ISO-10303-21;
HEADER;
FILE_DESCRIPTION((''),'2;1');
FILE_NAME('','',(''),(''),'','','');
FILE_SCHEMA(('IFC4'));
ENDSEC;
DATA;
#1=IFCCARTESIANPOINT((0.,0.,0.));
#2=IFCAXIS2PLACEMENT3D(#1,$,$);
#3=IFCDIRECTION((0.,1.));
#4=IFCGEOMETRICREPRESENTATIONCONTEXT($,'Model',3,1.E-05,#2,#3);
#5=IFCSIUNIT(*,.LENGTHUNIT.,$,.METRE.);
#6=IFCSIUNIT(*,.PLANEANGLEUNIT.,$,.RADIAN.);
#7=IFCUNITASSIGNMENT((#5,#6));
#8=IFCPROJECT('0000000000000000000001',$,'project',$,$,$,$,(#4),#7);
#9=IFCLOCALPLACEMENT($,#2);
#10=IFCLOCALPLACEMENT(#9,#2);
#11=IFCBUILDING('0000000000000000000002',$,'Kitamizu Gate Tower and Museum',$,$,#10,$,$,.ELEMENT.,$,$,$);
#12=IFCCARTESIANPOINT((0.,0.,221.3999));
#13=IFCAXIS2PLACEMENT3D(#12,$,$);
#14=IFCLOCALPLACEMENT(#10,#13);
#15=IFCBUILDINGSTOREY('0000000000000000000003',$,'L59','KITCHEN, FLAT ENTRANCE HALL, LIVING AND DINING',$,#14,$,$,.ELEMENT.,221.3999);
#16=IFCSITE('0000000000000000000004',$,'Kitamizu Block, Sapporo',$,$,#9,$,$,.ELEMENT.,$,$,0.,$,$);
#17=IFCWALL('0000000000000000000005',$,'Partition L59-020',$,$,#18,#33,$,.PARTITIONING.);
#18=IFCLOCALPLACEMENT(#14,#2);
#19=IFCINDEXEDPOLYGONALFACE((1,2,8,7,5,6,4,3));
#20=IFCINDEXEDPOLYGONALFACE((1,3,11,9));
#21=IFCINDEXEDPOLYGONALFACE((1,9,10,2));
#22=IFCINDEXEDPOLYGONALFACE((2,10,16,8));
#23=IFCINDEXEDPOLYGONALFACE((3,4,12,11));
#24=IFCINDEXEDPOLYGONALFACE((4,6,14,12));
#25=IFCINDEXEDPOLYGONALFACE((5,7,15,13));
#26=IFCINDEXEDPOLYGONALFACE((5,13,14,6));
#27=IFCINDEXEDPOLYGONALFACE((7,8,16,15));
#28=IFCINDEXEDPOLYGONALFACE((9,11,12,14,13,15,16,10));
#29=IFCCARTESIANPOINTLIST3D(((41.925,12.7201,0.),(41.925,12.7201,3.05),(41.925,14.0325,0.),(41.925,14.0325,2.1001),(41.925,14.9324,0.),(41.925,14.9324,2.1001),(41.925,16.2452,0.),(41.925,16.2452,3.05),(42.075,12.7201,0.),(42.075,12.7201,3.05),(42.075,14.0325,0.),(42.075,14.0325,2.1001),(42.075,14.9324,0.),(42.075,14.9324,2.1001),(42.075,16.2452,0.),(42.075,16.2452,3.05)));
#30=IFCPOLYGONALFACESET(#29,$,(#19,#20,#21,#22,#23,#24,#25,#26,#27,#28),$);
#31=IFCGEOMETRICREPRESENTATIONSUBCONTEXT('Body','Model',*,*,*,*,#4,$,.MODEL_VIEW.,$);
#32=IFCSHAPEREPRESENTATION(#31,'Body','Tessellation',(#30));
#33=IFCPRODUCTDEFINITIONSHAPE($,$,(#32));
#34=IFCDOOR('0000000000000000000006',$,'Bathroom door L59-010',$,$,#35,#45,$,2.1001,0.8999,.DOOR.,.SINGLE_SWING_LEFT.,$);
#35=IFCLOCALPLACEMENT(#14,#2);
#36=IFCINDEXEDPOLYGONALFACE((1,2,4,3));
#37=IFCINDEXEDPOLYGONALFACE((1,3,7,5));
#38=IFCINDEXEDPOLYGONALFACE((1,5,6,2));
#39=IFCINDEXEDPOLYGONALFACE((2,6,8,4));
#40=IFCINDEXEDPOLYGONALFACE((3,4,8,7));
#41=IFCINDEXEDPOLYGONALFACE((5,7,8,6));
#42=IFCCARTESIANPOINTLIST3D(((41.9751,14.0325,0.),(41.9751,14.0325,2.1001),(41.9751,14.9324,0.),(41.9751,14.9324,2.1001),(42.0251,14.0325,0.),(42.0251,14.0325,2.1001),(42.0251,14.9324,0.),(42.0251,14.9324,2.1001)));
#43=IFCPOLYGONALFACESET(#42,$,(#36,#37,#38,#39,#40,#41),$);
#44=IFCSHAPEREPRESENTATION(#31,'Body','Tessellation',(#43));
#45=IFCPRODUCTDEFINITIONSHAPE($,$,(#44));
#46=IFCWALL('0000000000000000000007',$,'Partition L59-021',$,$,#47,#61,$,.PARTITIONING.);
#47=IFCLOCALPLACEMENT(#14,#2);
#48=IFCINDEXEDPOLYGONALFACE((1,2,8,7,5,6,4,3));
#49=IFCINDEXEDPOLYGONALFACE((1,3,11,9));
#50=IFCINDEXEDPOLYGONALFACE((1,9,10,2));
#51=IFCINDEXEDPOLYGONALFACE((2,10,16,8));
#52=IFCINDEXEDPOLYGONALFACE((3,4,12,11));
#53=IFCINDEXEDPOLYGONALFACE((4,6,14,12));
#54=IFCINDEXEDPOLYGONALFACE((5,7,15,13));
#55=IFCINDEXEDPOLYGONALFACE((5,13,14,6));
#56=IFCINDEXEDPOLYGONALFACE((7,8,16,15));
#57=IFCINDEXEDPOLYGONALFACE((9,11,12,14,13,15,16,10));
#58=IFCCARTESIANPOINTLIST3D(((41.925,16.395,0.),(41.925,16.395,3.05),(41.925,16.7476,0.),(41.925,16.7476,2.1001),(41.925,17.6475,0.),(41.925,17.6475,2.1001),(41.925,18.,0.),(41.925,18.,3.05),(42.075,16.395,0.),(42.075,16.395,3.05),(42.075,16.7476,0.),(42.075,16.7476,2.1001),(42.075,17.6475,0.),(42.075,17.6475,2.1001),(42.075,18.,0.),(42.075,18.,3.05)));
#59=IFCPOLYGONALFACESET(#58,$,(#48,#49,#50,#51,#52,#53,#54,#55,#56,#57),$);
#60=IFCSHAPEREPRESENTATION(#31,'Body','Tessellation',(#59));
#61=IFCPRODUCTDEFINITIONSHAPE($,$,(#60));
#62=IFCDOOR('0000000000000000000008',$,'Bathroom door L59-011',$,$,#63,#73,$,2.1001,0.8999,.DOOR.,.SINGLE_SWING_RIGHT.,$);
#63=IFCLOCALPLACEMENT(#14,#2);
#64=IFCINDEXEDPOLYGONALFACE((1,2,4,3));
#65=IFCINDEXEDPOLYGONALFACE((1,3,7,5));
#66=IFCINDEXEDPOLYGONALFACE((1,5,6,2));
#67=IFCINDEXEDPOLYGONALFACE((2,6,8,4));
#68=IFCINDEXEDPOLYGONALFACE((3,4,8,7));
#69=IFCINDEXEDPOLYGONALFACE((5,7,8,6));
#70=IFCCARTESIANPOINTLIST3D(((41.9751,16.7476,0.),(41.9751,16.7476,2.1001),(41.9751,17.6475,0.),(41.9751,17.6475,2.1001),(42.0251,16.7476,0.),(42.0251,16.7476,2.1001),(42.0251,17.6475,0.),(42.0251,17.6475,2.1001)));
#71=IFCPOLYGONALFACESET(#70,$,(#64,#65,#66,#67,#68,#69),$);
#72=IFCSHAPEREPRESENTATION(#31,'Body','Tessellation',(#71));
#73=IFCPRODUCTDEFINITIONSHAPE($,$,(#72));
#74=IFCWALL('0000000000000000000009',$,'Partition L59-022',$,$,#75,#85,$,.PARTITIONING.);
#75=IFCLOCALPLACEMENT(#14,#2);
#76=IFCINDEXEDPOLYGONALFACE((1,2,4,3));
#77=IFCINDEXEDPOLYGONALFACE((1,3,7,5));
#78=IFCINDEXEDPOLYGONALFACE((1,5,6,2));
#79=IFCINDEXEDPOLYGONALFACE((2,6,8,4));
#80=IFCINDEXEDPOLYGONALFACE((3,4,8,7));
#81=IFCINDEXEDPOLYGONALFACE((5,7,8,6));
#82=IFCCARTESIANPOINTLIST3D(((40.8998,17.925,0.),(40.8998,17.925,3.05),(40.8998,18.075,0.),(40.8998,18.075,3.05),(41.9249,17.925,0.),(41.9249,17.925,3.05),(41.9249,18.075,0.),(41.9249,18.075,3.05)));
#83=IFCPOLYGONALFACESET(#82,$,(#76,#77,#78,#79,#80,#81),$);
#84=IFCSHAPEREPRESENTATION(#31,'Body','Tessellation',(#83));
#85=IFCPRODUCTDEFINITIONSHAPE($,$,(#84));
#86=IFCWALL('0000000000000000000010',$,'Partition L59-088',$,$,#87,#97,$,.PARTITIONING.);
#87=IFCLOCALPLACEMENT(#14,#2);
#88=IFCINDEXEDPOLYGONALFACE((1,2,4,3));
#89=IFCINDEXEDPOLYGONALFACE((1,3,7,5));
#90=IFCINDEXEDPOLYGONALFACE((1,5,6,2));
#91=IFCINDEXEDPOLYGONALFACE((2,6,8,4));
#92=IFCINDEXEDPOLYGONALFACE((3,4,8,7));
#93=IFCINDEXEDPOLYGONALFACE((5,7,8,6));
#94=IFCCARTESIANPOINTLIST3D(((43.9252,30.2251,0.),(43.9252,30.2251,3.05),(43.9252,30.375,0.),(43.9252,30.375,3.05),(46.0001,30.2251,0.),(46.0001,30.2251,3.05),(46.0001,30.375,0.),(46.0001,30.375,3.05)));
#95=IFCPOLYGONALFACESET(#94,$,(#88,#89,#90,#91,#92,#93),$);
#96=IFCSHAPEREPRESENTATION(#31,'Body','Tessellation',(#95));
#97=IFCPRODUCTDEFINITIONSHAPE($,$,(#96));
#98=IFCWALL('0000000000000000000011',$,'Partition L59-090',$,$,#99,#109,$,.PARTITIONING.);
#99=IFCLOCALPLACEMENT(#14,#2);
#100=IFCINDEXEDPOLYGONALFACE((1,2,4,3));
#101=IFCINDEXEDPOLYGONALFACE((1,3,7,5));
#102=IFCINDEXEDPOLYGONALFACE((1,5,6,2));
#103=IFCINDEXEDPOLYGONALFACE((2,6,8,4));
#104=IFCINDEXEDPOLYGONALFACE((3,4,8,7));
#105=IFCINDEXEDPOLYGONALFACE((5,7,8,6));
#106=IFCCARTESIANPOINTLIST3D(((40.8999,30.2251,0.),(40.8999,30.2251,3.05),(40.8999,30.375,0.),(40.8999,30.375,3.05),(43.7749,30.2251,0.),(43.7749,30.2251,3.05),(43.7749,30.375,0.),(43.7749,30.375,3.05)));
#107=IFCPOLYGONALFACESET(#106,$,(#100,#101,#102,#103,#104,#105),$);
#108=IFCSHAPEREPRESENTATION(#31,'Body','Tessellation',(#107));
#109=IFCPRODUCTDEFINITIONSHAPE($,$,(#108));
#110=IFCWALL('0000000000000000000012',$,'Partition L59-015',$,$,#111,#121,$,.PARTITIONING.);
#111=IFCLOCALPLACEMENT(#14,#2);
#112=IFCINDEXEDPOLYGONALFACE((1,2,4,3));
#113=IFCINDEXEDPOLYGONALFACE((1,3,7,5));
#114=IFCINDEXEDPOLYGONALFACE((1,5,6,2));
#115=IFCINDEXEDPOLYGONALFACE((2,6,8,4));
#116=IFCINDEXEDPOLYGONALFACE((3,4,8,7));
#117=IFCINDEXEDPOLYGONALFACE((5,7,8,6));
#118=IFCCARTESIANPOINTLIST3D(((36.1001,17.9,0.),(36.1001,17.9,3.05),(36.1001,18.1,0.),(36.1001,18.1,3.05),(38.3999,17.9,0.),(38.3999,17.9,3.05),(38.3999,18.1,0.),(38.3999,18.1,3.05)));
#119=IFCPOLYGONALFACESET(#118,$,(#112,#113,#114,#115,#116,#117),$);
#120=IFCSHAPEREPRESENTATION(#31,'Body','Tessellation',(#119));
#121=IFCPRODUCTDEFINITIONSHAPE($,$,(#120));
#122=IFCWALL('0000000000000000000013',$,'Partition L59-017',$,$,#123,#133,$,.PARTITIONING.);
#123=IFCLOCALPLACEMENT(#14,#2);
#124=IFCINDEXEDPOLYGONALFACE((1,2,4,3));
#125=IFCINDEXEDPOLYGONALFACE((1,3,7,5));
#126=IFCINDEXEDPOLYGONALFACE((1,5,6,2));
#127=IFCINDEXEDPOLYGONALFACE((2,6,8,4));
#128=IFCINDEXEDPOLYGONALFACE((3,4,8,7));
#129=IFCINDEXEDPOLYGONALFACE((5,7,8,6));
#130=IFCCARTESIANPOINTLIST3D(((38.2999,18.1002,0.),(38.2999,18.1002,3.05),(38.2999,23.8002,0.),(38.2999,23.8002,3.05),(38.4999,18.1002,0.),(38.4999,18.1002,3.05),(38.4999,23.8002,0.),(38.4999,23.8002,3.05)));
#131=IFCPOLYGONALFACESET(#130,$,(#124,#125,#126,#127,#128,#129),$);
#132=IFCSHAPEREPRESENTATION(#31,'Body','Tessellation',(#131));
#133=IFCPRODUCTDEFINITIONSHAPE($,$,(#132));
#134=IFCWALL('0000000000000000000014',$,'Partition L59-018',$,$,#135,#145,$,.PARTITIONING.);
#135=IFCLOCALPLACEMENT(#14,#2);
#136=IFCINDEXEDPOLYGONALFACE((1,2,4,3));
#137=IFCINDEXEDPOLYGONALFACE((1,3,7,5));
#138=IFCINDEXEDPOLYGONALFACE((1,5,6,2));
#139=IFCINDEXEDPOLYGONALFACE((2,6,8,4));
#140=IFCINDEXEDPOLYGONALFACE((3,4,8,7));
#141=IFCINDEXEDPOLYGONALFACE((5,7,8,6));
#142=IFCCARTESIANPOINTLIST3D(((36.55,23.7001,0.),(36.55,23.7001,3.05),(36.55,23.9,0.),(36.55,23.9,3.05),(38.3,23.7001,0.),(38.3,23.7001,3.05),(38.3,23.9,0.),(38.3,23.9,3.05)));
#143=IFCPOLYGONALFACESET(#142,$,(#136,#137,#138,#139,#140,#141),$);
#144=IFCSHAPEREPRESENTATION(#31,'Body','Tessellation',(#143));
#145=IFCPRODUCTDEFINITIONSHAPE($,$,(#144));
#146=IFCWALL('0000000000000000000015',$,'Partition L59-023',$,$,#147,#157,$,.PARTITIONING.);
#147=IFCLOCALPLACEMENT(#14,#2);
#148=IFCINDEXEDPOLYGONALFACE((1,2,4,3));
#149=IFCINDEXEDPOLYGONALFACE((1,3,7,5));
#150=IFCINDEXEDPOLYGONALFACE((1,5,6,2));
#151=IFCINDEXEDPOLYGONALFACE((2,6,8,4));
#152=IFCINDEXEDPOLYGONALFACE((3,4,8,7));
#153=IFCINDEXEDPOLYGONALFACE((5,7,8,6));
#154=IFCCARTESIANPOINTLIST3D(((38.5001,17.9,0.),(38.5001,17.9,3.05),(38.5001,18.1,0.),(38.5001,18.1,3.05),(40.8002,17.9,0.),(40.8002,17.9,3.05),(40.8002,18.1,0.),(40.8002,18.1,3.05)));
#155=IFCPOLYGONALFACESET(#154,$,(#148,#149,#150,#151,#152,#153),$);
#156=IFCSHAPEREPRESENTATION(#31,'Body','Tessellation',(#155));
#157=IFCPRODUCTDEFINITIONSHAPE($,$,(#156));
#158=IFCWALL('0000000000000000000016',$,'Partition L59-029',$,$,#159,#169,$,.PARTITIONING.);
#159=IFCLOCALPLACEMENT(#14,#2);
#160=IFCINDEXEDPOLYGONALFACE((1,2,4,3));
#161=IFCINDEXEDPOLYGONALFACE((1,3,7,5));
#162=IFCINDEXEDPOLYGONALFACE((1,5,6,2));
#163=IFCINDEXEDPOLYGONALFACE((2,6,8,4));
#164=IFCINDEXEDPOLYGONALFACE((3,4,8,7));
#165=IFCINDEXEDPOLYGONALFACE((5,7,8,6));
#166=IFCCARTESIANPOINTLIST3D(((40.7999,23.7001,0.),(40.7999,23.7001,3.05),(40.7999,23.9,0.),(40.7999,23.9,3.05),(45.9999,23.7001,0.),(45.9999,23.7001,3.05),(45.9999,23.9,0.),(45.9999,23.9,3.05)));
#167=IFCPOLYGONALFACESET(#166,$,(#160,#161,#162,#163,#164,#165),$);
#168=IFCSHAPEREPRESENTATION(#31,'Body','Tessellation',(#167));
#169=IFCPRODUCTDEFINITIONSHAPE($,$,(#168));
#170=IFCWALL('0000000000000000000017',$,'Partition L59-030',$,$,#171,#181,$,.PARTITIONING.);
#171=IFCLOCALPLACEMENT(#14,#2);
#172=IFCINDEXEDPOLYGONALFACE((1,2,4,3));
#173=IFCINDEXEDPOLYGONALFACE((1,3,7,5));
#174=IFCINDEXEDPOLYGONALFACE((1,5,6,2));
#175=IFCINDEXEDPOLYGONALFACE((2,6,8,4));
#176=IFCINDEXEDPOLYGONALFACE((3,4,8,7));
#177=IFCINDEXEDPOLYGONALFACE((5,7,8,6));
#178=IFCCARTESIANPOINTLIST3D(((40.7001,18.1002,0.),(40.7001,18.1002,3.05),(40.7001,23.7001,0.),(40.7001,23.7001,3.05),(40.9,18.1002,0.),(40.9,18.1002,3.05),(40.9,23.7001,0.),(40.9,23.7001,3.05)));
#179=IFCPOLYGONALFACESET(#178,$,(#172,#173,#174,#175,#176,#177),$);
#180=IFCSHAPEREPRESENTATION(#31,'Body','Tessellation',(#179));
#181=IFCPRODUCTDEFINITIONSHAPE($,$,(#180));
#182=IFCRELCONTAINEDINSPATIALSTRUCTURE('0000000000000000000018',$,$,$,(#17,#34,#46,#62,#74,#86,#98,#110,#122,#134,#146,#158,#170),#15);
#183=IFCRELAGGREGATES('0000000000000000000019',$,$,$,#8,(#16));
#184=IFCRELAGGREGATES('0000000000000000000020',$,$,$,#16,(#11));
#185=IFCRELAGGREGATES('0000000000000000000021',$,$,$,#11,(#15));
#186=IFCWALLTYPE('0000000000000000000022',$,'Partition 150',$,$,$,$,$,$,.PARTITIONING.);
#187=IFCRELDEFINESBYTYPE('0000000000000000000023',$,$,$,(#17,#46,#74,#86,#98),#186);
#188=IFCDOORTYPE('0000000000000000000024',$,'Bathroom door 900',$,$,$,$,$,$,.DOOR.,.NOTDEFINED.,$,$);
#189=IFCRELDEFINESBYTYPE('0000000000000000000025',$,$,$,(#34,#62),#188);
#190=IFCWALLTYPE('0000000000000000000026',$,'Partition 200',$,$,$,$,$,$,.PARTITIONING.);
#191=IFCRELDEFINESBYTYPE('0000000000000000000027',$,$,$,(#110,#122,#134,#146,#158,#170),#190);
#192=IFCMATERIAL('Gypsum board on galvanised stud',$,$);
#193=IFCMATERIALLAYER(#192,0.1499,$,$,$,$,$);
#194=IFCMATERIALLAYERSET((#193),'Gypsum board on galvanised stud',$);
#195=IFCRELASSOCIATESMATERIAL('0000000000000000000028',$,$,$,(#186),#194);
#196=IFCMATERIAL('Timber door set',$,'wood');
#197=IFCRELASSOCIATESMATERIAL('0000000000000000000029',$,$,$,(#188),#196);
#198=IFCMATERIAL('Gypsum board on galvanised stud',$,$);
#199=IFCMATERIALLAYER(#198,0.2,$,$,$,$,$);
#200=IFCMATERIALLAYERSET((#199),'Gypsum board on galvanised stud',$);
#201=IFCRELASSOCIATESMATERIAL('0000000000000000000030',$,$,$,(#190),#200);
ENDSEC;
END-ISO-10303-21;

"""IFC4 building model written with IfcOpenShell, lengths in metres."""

from ifc_helpers import new_model, si_unit, direction, frame, frame_2d, origin, place, context, subcontext, project, spatial, rectangle, extrude, material, layer, layer_set, type_object, element, fill, save


model = new_model("IFC4")

# Units and contexts
model_context = context("Model", 3, precision=1e-05, world=origin(), true_north=direction((0.0, 1.0)))
body_context = subcontext(model_context, "Body", "Model", "MODEL_VIEW")
ifc_project = project(units=[si_unit("LENGTHUNIT", "METRE"), si_unit("PLANEANGLEUNIT", "RADIAN")], contexts=[model_context])

# Site, building, storey
site_placement = place(None, origin())
site = spatial("IfcSite", under=ifc_project, at=site_placement, Name="Kitamizu Block, Sapporo", CompositionType="ELEMENT", RefElevation=0.0)
building_placement = place(site_placement, origin())
building = spatial("IfcBuilding", under=site, at=building_placement, Name="Kitamizu Gate Tower and Museum", CompositionType="ELEMENT")
storey_placement = place(building_placement, frame((0.0, 0.0, 221.3999)))
storey = spatial("IfcBuildingStorey", under=building, at=storey_placement, Name="L59", Description="KITCHEN, FLAT ENTRANCE HALL, LIVING AND DINING", CompositionType="ELEMENT", Elevation=221.3999)

# Shared definitions
ifc_material_1 = material(Name="Gypsum board on galvanised stud")
ifc_layer_1 = layer(ifc_material_1, 0.1499)
ifc_layer_set_1 = layer_set([ifc_layer_1], Name="Gypsum board on galvanised stud")
wall_type_1 = type_object("IfcWallType", Name="Partition 150", PredefinedType="PARTITIONING", material=ifc_layer_set_1)

# Walls, openings, doors
wall_1_placement = place(storey_placement, frame((42.0, 12.72, 0.0), z_axis=(0.0, 0.0, 1.0), x_axis=(0.0, 1.0, 0.0)))
wall_1 = element("IfcWall", 1, at=wall_1_placement, inside=storey, type_object=wall_type_1, Name="Partition L59-020", PredefinedType="PARTITIONING", context=body_context, shape_type="SweptSolid", body=[
    extrude(rectangle(XDim=3.5251, YDim=0.1499, at=frame_2d((1.7627, 0.0))), origin(), (0.0, 0.0, 1.0), 3.05),
])
opening_1_placement = place(wall_1_placement, frame((1.3125, 0.0, 0.0)))
opening_1 = element("IfcOpeningElement", 2, at=opening_1_placement, cuts=wall_1, PredefinedType="OPENING", context=body_context, shape_type="SweptSolid", body=[
    extrude(rectangle(XDim=0.8999, YDim=2.1001, at=frame_2d((0.45, 1.05))), frame((0.0, 0.085, 0.0), z_axis=(0.0, -1.0, 0.0), x_axis=(1.0, 0.0, 0.0)), (0.0, 0.0, 1.0), 0.1699),
])
ifc_material_2 = material(Name="Timber door set", Category="wood")
door_type_1 = type_object("IfcDoorType", Name="Bathroom door 900", OperationType="NOTDEFINED", PredefinedType="DOOR", material=ifc_material_2)
door_1_placement = place(opening_1_placement, origin())
door_1 = element("IfcDoor", 3, at=door_1_placement, inside=storey, type_object=door_type_1, Name="Bathroom door L59-010", OperationType="SINGLE_SWING_LEFT", OverallHeight=2.1001, OverallWidth=0.8999, PredefinedType="DOOR", context=body_context, shape_type="SweptSolid", body=[
    extrude(rectangle(XDim=0.8999, YDim=2.1001, at=frame_2d((0.45, 1.05))), frame((0.0, 0.0249, 0.0), z_axis=(0.0, -1.0, 0.0), x_axis=(1.0, 0.0, 0.0)), (0.0, 0.0, 1.0), 0.05),
])
fill(opening_1, door_1)
wall_2_placement = place(storey_placement, frame((42.0, 16.395, 0.0), z_axis=(0.0, 0.0, 1.0), x_axis=(0.0, 1.0, 0.0)))
wall_2 = element("IfcWall", 4, at=wall_2_placement, inside=storey, type_object=wall_type_1, Name="Partition L59-021", PredefinedType="PARTITIONING", context=body_context, shape_type="SweptSolid", body=[
    extrude(rectangle(XDim=1.605, YDim=0.1499, at=frame_2d((0.8025, 0.0))), origin(), (0.0, 0.0, 1.0), 3.05),
])
opening_2_placement = place(wall_2_placement, frame((0.3525, 0.0, 0.0)))
opening_2 = element("IfcOpeningElement", 5, at=opening_2_placement, cuts=wall_2, PredefinedType="OPENING", context=body_context, shape_type="SweptSolid", body=[
    extrude(rectangle(XDim=0.8999, YDim=2.1001, at=frame_2d((0.45, 1.05))), frame((0.0, 0.085, 0.0), z_axis=(0.0, -1.0, 0.0), x_axis=(1.0, 0.0, 0.0)), (0.0, 0.0, 1.0), 0.1699),
])
door_2_placement = place(opening_2_placement, origin())
door_2 = element("IfcDoor", 6, at=door_2_placement, inside=storey, type_object=door_type_1, Name="Bathroom door L59-011", OperationType="SINGLE_SWING_RIGHT", OverallHeight=2.1001, OverallWidth=0.8999, PredefinedType="DOOR", context=body_context, shape_type="SweptSolid", body=[
    extrude(rectangle(XDim=0.8999, YDim=2.1001, at=frame_2d((0.45, 1.05))), frame((0.0, 0.0249, 0.0), z_axis=(0.0, -1.0, 0.0), x_axis=(1.0, 0.0, 0.0)), (0.0, 0.0, 1.0), 0.05),
])
fill(opening_2, door_2)

# Walls
wall_3_placement = place(storey_placement, frame((41.925, 18.0, 0.0), z_axis=(0.0, 0.0, 1.0), x_axis=(-1.0, 0.0, 0.0)))
element("IfcWall", 7, at=wall_3_placement, inside=storey, type_object=wall_type_1, Name="Partition L59-022", PredefinedType="PARTITIONING", context=body_context, shape_type="SweptSolid", body=[
    extrude(rectangle(XDim=1.0251, YDim=0.1499, at=frame_2d((0.5127, 0.0))), origin(), (0.0, 0.0, 1.0), 3.05),
])
wall_4_placement = place(storey_placement, frame((43.925, 30.3, 0.0), z_axis=(0.0, 0.0, 1.0), x_axis=(1.0, 0.0, 0.0)))
element("IfcWall", 8, at=wall_4_placement, inside=storey, type_object=wall_type_1, Name="Partition L59-088", PredefinedType="PARTITIONING", context=body_context, shape_type="SweptSolid", body=[
    extrude(rectangle(XDim=2.075, YDim=0.1499, at=frame_2d((1.0376, 0.0))), origin(), (0.0, 0.0, 1.0), 3.05),
])
wall_5_placement = place(storey_placement, frame((40.8999, 30.3, 0.0), z_axis=(0.0, 0.0, 1.0), x_axis=(1.0, 0.0, 0.0)))
element("IfcWall", 9, at=wall_5_placement, inside=storey, type_object=wall_type_1, Name="Partition L59-090", PredefinedType="PARTITIONING", context=body_context, shape_type="SweptSolid", body=[
    extrude(rectangle(XDim=2.875, YDim=0.1499, at=frame_2d((1.4375, 0.0))), origin(), (0.0, 0.0, 1.0), 3.05),
])
ifc_material_3 = material(Name="Gypsum board on galvanised stud")
ifc_layer_2 = layer(ifc_material_3, 0.2)
ifc_layer_set_2 = layer_set([ifc_layer_2], Name="Gypsum board on galvanised stud")
wall_type_2 = type_object("IfcWallType", Name="Partition 200", PredefinedType="PARTITIONING", material=ifc_layer_set_2)
wall_6_placement = place(storey_placement, frame((36.1001, 18.0, 0.0), z_axis=(0.0, 0.0, 1.0), x_axis=(1.0, 0.0, 0.0)))
element("IfcWall", 10, at=wall_6_placement, inside=storey, type_object=wall_type_2, Name="Partition L59-015", PredefinedType="PARTITIONING", context=body_context, shape_type="SweptSolid", body=[
    extrude(rectangle(XDim=2.2998, YDim=0.2, at=frame_2d((1.1499, 0.0))), origin(), (0.0, 0.0, 1.0), 3.05),
])
wall_7_placement = place(storey_placement, frame((38.3999, 18.1001, 0.0), z_axis=(0.0, 0.0, 1.0), x_axis=(0.0, 1.0, 0.0)))
element("IfcWall", 11, at=wall_7_placement, inside=storey, type_object=wall_type_2, Name="Partition L59-017", PredefinedType="PARTITIONING", context=body_context, shape_type="SweptSolid", body=[
    extrude(rectangle(XDim=5.7, YDim=0.2, at=frame_2d((2.8501, 0.0))), origin(), (0.0, 0.0, 1.0), 3.05),
])
wall_8_placement = place(storey_placement, frame((38.3, 23.8, 0.0), z_axis=(0.0, 0.0, 1.0), x_axis=(-1.0, 0.0, 0.0)))
element("IfcWall", 12, at=wall_8_placement, inside=storey, type_object=wall_type_2, Name="Partition L59-018", PredefinedType="PARTITIONING", context=body_context, shape_type="SweptSolid", body=[
    extrude(rectangle(XDim=1.75, YDim=0.2, at=frame_2d((0.875, 0.0))), origin(), (0.0, 0.0, 1.0), 3.05),
])
wall_9_placement = place(storey_placement, frame((40.8, 18.0, 0.0), z_axis=(0.0, 0.0, 1.0), x_axis=(-1.0, 0.0, 0.0)))
element("IfcWall", 13, at=wall_9_placement, inside=storey, type_object=wall_type_2, Name="Partition L59-023", PredefinedType="PARTITIONING", context=body_context, shape_type="SweptSolid", body=[
    extrude(rectangle(XDim=2.3, YDim=0.2, at=frame_2d((1.1499, 0.0))), origin(), (0.0, 0.0, 1.0), 3.05),
])
wall_10_placement = place(storey_placement, frame((46.0, 23.8, 0.0), z_axis=(0.0, 0.0, 1.0), x_axis=(-1.0, 0.0, 0.0)))
element("IfcWall", 14, at=wall_10_placement, inside=storey, type_object=wall_type_2, Name="Partition L59-029", PredefinedType="PARTITIONING", context=body_context, shape_type="SweptSolid", body=[
    extrude(rectangle(XDim=5.2, YDim=0.2, at=frame_2d((2.6001, 0.0))), origin(), (0.0, 0.0, 1.0), 3.05),
])
wall_11_placement = place(storey_placement, frame((40.8, 23.7, 0.0), z_axis=(0.0, 0.0, 1.0), x_axis=(0.0, -1.0, 0.0)))
element("IfcWall", 15, at=wall_11_placement, inside=storey, type_object=wall_type_2, Name="Partition L59-030", PredefinedType="PARTITIONING", context=body_context, shape_type="SweptSolid", body=[
    extrude(rectangle(XDim=5.5999, YDim=0.2, at=frame_2d((2.7998, 0.0))), origin(), (0.0, 0.0, 1.0), 3.05),
])

save(model, "model.ifc")
